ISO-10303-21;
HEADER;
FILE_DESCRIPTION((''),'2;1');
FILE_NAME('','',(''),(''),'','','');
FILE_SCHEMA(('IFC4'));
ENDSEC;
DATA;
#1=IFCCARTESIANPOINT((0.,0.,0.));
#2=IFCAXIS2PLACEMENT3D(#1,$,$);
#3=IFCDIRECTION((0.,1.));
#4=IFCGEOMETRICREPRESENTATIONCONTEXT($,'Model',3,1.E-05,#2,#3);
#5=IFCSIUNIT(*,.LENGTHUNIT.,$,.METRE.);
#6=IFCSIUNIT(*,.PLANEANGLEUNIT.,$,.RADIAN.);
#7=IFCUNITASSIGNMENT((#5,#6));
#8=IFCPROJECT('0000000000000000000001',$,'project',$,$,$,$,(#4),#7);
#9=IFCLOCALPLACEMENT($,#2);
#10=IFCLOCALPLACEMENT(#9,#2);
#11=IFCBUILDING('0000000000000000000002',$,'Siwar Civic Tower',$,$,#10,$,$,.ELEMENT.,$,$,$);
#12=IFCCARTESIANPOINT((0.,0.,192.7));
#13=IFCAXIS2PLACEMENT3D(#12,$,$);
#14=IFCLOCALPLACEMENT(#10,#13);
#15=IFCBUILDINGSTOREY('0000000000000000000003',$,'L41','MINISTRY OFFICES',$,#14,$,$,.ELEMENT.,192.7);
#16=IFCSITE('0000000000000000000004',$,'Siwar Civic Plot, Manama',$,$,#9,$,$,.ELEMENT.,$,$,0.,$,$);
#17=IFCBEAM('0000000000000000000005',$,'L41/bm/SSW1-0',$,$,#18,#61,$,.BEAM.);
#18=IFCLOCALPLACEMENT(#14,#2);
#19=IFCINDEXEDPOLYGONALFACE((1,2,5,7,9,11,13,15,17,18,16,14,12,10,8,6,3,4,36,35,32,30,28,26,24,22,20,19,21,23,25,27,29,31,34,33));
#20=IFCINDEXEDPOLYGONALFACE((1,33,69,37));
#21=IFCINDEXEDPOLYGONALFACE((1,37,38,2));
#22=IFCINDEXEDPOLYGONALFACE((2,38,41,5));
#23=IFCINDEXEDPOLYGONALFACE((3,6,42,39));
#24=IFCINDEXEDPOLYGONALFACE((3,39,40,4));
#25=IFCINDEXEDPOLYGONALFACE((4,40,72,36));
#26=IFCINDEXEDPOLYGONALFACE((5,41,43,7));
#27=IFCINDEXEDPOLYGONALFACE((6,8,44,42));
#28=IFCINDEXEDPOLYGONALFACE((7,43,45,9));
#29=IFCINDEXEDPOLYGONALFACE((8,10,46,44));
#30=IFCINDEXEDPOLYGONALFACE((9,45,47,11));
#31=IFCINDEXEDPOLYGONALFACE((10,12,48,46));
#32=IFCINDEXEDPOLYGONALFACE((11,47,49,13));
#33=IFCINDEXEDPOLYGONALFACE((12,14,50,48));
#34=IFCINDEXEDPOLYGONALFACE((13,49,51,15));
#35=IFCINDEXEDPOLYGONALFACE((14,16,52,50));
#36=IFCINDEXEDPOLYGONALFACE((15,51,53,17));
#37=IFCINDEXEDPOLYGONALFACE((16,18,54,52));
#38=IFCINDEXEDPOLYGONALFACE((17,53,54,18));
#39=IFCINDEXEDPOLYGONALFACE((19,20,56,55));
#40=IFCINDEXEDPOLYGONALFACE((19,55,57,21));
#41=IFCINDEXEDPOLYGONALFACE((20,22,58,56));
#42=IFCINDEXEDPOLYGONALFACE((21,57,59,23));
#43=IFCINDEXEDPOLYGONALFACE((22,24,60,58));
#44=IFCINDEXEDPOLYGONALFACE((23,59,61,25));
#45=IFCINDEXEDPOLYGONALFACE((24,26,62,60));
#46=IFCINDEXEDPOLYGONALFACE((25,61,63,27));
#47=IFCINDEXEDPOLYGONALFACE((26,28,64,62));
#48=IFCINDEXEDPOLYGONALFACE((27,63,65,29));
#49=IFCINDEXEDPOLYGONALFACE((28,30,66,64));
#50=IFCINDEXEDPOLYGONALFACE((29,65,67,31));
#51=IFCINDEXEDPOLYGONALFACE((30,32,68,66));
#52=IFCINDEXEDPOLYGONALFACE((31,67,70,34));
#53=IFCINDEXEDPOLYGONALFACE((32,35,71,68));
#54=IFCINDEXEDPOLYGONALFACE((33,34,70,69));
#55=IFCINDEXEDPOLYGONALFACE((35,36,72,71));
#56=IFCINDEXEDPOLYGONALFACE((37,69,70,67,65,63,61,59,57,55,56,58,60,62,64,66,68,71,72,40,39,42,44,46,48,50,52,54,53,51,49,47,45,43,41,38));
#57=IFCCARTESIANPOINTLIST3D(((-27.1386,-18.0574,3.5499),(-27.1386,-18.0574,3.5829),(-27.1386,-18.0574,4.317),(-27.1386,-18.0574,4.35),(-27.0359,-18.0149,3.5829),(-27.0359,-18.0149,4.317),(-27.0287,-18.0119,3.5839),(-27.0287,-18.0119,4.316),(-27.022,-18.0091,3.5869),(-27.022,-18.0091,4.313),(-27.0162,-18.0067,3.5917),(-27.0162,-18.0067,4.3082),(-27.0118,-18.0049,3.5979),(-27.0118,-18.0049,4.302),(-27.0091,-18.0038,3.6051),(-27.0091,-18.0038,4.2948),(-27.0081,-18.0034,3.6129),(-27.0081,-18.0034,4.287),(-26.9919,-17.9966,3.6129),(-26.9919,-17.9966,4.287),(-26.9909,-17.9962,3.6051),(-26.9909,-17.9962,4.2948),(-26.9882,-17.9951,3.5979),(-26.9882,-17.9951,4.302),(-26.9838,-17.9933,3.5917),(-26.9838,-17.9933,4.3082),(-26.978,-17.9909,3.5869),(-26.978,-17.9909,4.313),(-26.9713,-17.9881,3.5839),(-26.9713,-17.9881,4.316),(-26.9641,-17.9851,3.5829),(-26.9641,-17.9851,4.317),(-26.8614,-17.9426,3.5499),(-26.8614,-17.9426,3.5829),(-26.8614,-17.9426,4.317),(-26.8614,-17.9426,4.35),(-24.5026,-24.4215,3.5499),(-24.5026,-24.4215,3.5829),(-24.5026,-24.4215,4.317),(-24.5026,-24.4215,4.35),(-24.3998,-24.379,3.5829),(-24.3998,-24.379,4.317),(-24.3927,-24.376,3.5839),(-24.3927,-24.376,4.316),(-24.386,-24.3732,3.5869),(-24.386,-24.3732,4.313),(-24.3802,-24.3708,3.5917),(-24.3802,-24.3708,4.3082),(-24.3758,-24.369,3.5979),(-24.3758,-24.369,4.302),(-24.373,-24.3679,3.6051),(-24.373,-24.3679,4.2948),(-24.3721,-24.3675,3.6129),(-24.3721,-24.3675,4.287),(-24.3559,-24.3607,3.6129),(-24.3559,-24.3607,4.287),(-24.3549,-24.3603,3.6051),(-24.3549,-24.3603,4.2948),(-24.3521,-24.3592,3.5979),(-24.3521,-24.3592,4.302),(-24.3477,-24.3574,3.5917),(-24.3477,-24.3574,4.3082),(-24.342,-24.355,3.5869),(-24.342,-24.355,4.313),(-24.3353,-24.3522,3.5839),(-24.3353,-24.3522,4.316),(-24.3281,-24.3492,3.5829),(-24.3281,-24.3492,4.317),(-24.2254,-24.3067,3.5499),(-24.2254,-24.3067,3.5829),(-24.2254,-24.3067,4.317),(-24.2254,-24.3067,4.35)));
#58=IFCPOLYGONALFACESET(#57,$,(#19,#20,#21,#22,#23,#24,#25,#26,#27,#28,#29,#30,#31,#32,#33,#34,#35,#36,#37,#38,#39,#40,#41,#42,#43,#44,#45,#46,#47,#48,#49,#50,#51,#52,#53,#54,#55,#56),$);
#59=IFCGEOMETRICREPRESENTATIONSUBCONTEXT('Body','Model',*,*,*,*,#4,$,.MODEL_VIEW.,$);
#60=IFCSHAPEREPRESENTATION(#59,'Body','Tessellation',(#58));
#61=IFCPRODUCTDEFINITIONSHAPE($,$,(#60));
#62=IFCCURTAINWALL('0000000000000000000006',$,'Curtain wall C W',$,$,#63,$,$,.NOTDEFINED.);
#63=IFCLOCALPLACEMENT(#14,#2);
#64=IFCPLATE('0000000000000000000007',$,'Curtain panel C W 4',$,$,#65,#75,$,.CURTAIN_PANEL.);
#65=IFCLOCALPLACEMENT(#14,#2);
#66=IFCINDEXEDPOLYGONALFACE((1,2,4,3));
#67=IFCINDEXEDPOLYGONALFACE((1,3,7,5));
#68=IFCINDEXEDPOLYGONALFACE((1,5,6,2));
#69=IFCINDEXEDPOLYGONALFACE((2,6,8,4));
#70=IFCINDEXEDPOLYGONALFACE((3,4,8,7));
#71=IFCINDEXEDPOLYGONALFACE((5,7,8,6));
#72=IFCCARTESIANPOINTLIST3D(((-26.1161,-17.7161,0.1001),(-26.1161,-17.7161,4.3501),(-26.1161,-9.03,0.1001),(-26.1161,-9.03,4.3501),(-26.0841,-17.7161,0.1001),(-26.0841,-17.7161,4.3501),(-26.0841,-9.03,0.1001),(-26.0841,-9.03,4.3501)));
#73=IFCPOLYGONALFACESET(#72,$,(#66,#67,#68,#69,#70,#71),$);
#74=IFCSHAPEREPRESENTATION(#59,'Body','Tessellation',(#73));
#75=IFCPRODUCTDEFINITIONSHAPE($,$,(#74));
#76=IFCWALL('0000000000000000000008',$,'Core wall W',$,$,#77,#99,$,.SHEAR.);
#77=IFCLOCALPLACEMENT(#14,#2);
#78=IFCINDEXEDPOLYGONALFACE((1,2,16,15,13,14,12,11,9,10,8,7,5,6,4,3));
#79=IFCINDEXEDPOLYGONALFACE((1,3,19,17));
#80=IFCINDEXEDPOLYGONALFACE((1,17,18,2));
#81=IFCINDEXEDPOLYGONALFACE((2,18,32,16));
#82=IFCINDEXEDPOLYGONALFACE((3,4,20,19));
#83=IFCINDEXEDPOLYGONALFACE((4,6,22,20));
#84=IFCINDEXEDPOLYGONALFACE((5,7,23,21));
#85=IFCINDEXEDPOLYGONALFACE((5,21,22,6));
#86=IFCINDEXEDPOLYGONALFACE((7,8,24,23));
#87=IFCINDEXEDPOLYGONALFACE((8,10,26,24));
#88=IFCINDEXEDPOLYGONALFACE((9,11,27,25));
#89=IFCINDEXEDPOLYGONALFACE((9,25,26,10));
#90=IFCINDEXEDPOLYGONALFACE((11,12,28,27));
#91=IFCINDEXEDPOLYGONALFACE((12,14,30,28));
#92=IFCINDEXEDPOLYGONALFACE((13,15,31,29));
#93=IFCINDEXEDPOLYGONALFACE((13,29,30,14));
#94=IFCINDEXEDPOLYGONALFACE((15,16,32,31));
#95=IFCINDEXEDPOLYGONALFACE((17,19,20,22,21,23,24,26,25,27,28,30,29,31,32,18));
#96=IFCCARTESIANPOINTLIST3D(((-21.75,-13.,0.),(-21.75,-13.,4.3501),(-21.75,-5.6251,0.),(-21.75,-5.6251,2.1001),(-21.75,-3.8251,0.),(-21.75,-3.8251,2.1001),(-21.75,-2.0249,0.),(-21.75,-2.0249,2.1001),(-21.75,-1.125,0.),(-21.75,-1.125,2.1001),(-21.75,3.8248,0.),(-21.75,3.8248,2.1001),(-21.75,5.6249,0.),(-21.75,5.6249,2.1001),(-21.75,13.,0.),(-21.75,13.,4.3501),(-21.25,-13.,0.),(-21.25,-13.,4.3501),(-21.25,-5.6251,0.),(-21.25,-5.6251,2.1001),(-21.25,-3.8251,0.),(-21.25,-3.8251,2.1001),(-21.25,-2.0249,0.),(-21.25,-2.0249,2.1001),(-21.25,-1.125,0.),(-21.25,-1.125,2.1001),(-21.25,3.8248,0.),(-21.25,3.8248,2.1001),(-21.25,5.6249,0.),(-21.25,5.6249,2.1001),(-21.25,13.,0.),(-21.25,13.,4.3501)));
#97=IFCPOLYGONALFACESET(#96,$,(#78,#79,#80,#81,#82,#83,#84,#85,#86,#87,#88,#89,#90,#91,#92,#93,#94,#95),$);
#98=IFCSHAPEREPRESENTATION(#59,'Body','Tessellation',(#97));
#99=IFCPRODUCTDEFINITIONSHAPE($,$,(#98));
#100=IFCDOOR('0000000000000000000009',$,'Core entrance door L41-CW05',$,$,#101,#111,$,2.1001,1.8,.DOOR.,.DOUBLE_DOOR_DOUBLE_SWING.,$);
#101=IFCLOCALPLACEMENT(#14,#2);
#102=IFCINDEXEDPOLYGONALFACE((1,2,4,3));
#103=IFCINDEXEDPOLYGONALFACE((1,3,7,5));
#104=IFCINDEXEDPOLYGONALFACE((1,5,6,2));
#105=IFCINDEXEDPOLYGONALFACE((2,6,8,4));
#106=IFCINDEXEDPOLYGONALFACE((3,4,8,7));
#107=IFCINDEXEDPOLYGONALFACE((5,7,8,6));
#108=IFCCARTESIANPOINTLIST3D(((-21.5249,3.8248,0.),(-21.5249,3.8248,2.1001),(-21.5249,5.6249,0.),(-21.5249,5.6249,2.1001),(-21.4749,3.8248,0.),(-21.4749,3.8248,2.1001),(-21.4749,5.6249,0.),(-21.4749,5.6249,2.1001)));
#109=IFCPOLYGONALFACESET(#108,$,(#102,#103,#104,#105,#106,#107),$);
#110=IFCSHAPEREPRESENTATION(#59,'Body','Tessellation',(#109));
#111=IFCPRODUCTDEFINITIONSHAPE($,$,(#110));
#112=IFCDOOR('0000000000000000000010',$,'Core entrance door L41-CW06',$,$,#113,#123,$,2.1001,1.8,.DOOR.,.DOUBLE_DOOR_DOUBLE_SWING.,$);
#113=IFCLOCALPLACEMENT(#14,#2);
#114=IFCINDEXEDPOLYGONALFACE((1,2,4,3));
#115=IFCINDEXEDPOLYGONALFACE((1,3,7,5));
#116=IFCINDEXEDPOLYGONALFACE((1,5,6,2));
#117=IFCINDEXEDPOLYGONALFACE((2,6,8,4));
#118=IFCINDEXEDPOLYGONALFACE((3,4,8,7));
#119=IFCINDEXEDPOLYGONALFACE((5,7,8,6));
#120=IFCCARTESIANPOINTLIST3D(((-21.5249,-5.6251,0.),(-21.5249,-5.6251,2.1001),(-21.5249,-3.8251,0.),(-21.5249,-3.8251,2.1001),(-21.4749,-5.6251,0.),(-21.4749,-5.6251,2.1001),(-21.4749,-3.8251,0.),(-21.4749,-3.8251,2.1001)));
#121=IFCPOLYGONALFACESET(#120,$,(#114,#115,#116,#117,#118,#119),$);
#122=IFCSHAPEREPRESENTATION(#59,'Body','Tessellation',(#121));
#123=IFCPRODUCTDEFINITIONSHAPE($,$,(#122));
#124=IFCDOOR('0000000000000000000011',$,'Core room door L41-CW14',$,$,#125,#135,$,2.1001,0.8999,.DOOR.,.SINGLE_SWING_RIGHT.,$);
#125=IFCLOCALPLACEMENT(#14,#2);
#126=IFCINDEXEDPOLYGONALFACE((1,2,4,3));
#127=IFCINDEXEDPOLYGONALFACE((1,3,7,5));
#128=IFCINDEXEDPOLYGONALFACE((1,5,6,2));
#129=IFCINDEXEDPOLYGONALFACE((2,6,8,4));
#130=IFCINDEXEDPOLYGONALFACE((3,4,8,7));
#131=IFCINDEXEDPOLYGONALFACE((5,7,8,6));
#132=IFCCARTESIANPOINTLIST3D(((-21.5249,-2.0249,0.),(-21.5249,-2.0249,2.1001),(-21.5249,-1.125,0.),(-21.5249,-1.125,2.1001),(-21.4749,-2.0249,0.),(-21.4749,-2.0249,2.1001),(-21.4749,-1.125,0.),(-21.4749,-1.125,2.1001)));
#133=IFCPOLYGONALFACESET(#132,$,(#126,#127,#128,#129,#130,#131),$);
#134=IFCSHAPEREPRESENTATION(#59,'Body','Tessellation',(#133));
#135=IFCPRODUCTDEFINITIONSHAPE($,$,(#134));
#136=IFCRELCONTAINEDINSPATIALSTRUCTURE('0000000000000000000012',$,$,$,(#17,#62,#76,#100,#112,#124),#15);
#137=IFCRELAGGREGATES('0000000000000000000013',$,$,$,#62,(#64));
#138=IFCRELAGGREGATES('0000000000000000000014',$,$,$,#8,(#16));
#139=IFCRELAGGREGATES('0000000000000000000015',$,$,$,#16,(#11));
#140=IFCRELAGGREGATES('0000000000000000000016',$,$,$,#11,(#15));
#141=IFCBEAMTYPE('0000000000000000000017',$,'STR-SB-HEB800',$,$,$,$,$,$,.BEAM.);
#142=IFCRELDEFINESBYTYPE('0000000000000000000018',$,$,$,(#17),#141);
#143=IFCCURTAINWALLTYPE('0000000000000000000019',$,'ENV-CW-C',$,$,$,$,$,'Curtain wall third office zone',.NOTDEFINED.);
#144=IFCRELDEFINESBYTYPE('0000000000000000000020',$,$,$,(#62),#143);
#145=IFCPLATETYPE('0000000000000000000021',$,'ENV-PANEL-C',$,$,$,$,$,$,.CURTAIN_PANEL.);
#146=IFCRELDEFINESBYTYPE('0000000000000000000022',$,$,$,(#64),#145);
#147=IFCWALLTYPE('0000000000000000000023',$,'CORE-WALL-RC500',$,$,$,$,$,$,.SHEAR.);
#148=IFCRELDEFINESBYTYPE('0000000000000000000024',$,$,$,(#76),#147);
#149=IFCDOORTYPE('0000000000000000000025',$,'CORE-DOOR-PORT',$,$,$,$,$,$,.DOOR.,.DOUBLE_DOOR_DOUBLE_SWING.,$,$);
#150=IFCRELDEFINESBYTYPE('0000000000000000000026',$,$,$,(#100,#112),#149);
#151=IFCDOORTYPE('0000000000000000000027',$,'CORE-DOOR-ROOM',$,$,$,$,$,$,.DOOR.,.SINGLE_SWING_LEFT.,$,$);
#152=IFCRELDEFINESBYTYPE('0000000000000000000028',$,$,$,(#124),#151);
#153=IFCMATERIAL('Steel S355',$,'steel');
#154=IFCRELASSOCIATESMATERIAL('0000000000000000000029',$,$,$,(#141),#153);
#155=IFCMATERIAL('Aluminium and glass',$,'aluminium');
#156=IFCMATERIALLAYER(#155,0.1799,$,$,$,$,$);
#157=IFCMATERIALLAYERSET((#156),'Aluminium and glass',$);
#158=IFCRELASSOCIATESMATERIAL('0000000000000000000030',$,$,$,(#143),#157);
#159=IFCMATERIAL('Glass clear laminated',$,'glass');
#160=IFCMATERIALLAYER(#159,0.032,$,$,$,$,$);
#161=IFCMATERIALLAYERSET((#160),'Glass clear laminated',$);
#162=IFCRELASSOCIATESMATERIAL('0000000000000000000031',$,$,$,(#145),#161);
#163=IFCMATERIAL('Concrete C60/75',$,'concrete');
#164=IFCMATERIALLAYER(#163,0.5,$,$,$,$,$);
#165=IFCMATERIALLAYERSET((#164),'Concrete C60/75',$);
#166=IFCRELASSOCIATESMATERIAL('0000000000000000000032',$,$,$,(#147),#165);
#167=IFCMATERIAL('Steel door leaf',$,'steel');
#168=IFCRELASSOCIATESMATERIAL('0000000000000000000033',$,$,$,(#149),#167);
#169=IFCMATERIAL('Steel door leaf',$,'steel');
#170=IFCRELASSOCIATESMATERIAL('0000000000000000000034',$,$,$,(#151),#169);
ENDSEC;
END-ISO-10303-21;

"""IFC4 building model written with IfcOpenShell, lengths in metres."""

from ifc_helpers import new_model, si_unit, direction, frame, frame_2d, origin, origin_2d, place, context, subcontext, project, spatial, rectangle, i_section, extrude, material, layer, layer_set, material_profile, profile_set, type_object, element, fill, aggregate, save


model = new_model("IFC4")

# Units and contexts
model_context = context("Model", 3, precision=1e-05, world=origin(), true_north=direction((0.0, 1.0)))
body_context = subcontext(model_context, "Body", "Model", "MODEL_VIEW")
ifc_project = project(units=[si_unit("LENGTHUNIT", "METRE"), si_unit("PLANEANGLEUNIT", "RADIAN")], contexts=[model_context])

# Site, building, storey
site_placement = place(None, origin())
site = spatial("IfcSite", under=ifc_project, at=site_placement, Name="Siwar Civic Plot, Manama", CompositionType="ELEMENT", RefElevation=0.0)
building_placement = place(site_placement, origin())
building = spatial("IfcBuilding", under=site, at=building_placement, Name="Siwar Civic Tower", CompositionType="ELEMENT")
storey_placement = place(building_placement, frame((0.0, 0.0, 192.7)))
storey = spatial("IfcBuildingStorey", under=building, at=storey_placement, Name="L41", Description="MINISTRY OFFICES", CompositionType="ELEMENT", Elevation=192.7)

# Beam
ifc_material_1 = material(Name="Steel S355", Category="steel")
ifc_material_profile_1 = material_profile(ifc_material_1, i_section(OverallWidth=0.3, OverallDepth=0.8, WebThickness=0.0176, FlangeThickness=0.033, FilletRadius=0.03, at=origin_2d()), Name="HEB800")
ifc_profile_set_1 = profile_set([ifc_material_profile_1], Name="Steel S355")
beam_type_1 = type_object("IfcBeamType", Name="STR-SB-HEB800", PredefinedType="BEAM", material=ifc_profile_set_1)
beam_1_placement = place(storey_placement, frame((-27.0, -18.0, 3.95), z_axis=(0.382674, -0.923883, 0.0), x_axis=(0.923883, 0.382674, 0.0)))
element("IfcBeam", 1, at=beam_1_placement, inside=storey, type_object=beam_type_1, Name="L41/bm/SSW1-0", PredefinedType="BEAM", context=body_context, shape_type="SweptSolid", body=[
    extrude(i_section(OverallWidth=0.3, OverallDepth=0.8, WebThickness=0.0176, FlangeThickness=0.033, FilletRadius=0.03, at=origin_2d()), origin(), (0.0, 0.0, 1.0), 6.8884),
])

# Curtain wall, plate
ifc_material_2 = material(Name="Aluminium and glass", Category="aluminium")
ifc_layer_1 = layer(ifc_material_2, 0.1799)
ifc_layer_set_1 = layer_set([ifc_layer_1], Name="Aluminium and glass")
curtain_wall_type_1 = type_object("IfcCurtainWallType", Name="ENV-CW-C", ElementType="Curtain wall third office zone", PredefinedType="NOTDEFINED", material=ifc_layer_set_1)
curtain_wall_1_placement = place(storey_placement, origin())
curtain_wall_1 = element("IfcCurtainWall", 2, at=curtain_wall_1_placement, inside=storey, type_object=curtain_wall_type_1, Name="Curtain wall C W", PredefinedType="NOTDEFINED")
ifc_material_3 = material(Name="Glass clear laminated", Category="glass")
ifc_layer_2 = layer(ifc_material_3, 0.032)
ifc_layer_set_2 = layer_set([ifc_layer_2], Name="Glass clear laminated")
plate_type = type_object("IfcPlateType", Name="ENV-PANEL-C", PredefinedType="CURTAIN_PANEL", material=ifc_layer_set_2)
plate_placement = place(storey_placement, frame((-26.1001, -13.373, 0.1001), z_axis=(0.0, 0.0, 1.0), x_axis=(0.0, -1.0, 0.0)))
plate = element("IfcPlate", 3, at=plate_placement, type_object=plate_type, Name="Curtain panel C W 4", PredefinedType="CURTAIN_PANEL", context=body_context, shape_type="SweptSolid", body=[
    extrude(rectangle(XDim=8.686, YDim=0.032, at=origin_2d()), origin(), (0.0, 0.0, 1.0), 4.25),
])
aggregate(curtain_wall_1, [plate])

# Wall, openings, doors
ifc_material_4 = material(Name="Concrete C60/75", Category="concrete")
ifc_layer_3 = layer(ifc_material_4, 0.5)
ifc_layer_set_3 = layer_set([ifc_layer_3], Name="Concrete C60/75")
wall_type_1 = type_object("IfcWallType", Name="CORE-WALL-RC500", PredefinedType="SHEAR", material=ifc_layer_set_3)
wall_1_placement = place(storey_placement, frame((-21.5, -13.0, 0.0), z_axis=(0.0, 0.0, 1.0), x_axis=(0.0, 1.0, 0.0)))
wall_1 = element("IfcWall", 4, at=wall_1_placement, inside=storey, type_object=wall_type_1, Name="Core wall W", PredefinedType="SHEAR", context=body_context, shape_type="SweptSolid", body=[
    extrude(rectangle(XDim=26.0, YDim=0.5, at=frame_2d((13.0, 0.0))), origin(), (0.0, 0.0, 1.0), 4.3501),
])
opening_1_placement = place(wall_1_placement, frame((16.825, 0.0, 0.0)))
opening_1 = element("IfcOpeningElement", 5, at=opening_1_placement, cuts=wall_1, PredefinedType="OPENING", context=body_context, shape_type="SweptSolid", body=[
    extrude(rectangle(XDim=1.8, YDim=2.1001, at=frame_2d((0.8999, 1.05))), frame((0.0, 0.26, 0.0), z_axis=(0.0, -1.0, 0.0), x_axis=(1.0, 0.0, 0.0)), (0.0, 0.0, 1.0), 0.52),
])
opening_2_placement = place(wall_1_placement, frame((7.375, 0.0, 0.0)))
opening_2 = element("IfcOpeningElement", 6, at=opening_2_placement, cuts=wall_1, PredefinedType="OPENING", context=body_context, shape_type="SweptSolid", body=[
    extrude(rectangle(XDim=1.8, YDim=2.1001, at=frame_2d((0.8999, 1.05))), frame((0.0, 0.26, 0.0), z_axis=(0.0, -1.0, 0.0), x_axis=(1.0, 0.0, 0.0)), (0.0, 0.0, 1.0), 0.52),
])
opening_3_placement = place(wall_1_placement, frame((10.9751, 0.0, 0.0)))
opening_3 = element("IfcOpeningElement", 7, at=opening_3_placement, cuts=wall_1, PredefinedType="OPENING", context=body_context, shape_type="SweptSolid", body=[
    extrude(rectangle(XDim=0.8999, YDim=2.1001, at=frame_2d((0.45, 1.05))), frame((0.0, 0.26, 0.0), z_axis=(0.0, -1.0, 0.0), x_axis=(1.0, 0.0, 0.0)), (0.0, 0.0, 1.0), 0.52),
])
ifc_material_5 = material(Name="Steel door leaf", Category="steel")
door_type_1 = type_object("IfcDoorType", Name="CORE-DOOR-PORT", OperationType="DOUBLE_DOOR_DOUBLE_SWING", PredefinedType="DOOR", material=ifc_material_5)
door_1_placement = place(opening_1_placement, origin())
door_1 = element("IfcDoor", 8, at=door_1_placement, inside=storey, type_object=door_type_1, Name="Core entrance door L41-CW05", OperationType="DOUBLE_DOOR_DOUBLE_SWING", OverallHeight=2.1001, OverallWidth=1.8, PredefinedType="DOOR", context=body_context, shape_type="SweptSolid", body=[
    extrude(rectangle(XDim=1.8, YDim=2.1001, at=frame_2d((0.8999, 1.05))), frame((0.0, 0.0249, 0.0), z_axis=(0.0, -1.0, 0.0), x_axis=(1.0, 0.0, 0.0)), (0.0, 0.0, 1.0), 0.05),
])
fill(opening_1, door_1)
door_2_placement = place(opening_2_placement, origin())
door_2 = element("IfcDoor", 9, at=door_2_placement, inside=storey, type_object=door_type_1, Name="Core entrance door L41-CW06", OperationType="DOUBLE_DOOR_DOUBLE_SWING", OverallHeight=2.1001, OverallWidth=1.8, PredefinedType="DOOR", context=body_context, shape_type="SweptSolid", body=[
    extrude(rectangle(XDim=1.8, YDim=2.1001, at=frame_2d((0.8999, 1.05))), frame((0.0, 0.0249, 0.0), z_axis=(0.0, -1.0, 0.0), x_axis=(1.0, 0.0, 0.0)), (0.0, 0.0, 1.0), 0.05),
])
fill(opening_2, door_2)
ifc_material_6 = material(Name="Steel door leaf", Category="steel")
door_type_2 = type_object("IfcDoorType", Name="CORE-DOOR-ROOM", OperationType="SINGLE_SWING_LEFT", PredefinedType="DOOR", material=ifc_material_6)
door_3_placement = place(opening_3_placement, origin())
door_3 = element("IfcDoor", 10, at=door_3_placement, inside=storey, type_object=door_type_2, Name="Core room door L41-CW14", OperationType="SINGLE_SWING_RIGHT", OverallHeight=2.1001, OverallWidth=0.8999, PredefinedType="DOOR", context=body_context, shape_type="SweptSolid", body=[
    extrude(rectangle(XDim=0.8999, YDim=2.1001, at=frame_2d((0.45, 1.05))), frame((0.0, 0.0249, 0.0), z_axis=(0.0, -1.0, 0.0), x_axis=(1.0, 0.0, 0.0)), (0.0, 0.0, 1.0), 0.05),
])
fill(opening_3, door_3)

save(model, "model.ifc")
